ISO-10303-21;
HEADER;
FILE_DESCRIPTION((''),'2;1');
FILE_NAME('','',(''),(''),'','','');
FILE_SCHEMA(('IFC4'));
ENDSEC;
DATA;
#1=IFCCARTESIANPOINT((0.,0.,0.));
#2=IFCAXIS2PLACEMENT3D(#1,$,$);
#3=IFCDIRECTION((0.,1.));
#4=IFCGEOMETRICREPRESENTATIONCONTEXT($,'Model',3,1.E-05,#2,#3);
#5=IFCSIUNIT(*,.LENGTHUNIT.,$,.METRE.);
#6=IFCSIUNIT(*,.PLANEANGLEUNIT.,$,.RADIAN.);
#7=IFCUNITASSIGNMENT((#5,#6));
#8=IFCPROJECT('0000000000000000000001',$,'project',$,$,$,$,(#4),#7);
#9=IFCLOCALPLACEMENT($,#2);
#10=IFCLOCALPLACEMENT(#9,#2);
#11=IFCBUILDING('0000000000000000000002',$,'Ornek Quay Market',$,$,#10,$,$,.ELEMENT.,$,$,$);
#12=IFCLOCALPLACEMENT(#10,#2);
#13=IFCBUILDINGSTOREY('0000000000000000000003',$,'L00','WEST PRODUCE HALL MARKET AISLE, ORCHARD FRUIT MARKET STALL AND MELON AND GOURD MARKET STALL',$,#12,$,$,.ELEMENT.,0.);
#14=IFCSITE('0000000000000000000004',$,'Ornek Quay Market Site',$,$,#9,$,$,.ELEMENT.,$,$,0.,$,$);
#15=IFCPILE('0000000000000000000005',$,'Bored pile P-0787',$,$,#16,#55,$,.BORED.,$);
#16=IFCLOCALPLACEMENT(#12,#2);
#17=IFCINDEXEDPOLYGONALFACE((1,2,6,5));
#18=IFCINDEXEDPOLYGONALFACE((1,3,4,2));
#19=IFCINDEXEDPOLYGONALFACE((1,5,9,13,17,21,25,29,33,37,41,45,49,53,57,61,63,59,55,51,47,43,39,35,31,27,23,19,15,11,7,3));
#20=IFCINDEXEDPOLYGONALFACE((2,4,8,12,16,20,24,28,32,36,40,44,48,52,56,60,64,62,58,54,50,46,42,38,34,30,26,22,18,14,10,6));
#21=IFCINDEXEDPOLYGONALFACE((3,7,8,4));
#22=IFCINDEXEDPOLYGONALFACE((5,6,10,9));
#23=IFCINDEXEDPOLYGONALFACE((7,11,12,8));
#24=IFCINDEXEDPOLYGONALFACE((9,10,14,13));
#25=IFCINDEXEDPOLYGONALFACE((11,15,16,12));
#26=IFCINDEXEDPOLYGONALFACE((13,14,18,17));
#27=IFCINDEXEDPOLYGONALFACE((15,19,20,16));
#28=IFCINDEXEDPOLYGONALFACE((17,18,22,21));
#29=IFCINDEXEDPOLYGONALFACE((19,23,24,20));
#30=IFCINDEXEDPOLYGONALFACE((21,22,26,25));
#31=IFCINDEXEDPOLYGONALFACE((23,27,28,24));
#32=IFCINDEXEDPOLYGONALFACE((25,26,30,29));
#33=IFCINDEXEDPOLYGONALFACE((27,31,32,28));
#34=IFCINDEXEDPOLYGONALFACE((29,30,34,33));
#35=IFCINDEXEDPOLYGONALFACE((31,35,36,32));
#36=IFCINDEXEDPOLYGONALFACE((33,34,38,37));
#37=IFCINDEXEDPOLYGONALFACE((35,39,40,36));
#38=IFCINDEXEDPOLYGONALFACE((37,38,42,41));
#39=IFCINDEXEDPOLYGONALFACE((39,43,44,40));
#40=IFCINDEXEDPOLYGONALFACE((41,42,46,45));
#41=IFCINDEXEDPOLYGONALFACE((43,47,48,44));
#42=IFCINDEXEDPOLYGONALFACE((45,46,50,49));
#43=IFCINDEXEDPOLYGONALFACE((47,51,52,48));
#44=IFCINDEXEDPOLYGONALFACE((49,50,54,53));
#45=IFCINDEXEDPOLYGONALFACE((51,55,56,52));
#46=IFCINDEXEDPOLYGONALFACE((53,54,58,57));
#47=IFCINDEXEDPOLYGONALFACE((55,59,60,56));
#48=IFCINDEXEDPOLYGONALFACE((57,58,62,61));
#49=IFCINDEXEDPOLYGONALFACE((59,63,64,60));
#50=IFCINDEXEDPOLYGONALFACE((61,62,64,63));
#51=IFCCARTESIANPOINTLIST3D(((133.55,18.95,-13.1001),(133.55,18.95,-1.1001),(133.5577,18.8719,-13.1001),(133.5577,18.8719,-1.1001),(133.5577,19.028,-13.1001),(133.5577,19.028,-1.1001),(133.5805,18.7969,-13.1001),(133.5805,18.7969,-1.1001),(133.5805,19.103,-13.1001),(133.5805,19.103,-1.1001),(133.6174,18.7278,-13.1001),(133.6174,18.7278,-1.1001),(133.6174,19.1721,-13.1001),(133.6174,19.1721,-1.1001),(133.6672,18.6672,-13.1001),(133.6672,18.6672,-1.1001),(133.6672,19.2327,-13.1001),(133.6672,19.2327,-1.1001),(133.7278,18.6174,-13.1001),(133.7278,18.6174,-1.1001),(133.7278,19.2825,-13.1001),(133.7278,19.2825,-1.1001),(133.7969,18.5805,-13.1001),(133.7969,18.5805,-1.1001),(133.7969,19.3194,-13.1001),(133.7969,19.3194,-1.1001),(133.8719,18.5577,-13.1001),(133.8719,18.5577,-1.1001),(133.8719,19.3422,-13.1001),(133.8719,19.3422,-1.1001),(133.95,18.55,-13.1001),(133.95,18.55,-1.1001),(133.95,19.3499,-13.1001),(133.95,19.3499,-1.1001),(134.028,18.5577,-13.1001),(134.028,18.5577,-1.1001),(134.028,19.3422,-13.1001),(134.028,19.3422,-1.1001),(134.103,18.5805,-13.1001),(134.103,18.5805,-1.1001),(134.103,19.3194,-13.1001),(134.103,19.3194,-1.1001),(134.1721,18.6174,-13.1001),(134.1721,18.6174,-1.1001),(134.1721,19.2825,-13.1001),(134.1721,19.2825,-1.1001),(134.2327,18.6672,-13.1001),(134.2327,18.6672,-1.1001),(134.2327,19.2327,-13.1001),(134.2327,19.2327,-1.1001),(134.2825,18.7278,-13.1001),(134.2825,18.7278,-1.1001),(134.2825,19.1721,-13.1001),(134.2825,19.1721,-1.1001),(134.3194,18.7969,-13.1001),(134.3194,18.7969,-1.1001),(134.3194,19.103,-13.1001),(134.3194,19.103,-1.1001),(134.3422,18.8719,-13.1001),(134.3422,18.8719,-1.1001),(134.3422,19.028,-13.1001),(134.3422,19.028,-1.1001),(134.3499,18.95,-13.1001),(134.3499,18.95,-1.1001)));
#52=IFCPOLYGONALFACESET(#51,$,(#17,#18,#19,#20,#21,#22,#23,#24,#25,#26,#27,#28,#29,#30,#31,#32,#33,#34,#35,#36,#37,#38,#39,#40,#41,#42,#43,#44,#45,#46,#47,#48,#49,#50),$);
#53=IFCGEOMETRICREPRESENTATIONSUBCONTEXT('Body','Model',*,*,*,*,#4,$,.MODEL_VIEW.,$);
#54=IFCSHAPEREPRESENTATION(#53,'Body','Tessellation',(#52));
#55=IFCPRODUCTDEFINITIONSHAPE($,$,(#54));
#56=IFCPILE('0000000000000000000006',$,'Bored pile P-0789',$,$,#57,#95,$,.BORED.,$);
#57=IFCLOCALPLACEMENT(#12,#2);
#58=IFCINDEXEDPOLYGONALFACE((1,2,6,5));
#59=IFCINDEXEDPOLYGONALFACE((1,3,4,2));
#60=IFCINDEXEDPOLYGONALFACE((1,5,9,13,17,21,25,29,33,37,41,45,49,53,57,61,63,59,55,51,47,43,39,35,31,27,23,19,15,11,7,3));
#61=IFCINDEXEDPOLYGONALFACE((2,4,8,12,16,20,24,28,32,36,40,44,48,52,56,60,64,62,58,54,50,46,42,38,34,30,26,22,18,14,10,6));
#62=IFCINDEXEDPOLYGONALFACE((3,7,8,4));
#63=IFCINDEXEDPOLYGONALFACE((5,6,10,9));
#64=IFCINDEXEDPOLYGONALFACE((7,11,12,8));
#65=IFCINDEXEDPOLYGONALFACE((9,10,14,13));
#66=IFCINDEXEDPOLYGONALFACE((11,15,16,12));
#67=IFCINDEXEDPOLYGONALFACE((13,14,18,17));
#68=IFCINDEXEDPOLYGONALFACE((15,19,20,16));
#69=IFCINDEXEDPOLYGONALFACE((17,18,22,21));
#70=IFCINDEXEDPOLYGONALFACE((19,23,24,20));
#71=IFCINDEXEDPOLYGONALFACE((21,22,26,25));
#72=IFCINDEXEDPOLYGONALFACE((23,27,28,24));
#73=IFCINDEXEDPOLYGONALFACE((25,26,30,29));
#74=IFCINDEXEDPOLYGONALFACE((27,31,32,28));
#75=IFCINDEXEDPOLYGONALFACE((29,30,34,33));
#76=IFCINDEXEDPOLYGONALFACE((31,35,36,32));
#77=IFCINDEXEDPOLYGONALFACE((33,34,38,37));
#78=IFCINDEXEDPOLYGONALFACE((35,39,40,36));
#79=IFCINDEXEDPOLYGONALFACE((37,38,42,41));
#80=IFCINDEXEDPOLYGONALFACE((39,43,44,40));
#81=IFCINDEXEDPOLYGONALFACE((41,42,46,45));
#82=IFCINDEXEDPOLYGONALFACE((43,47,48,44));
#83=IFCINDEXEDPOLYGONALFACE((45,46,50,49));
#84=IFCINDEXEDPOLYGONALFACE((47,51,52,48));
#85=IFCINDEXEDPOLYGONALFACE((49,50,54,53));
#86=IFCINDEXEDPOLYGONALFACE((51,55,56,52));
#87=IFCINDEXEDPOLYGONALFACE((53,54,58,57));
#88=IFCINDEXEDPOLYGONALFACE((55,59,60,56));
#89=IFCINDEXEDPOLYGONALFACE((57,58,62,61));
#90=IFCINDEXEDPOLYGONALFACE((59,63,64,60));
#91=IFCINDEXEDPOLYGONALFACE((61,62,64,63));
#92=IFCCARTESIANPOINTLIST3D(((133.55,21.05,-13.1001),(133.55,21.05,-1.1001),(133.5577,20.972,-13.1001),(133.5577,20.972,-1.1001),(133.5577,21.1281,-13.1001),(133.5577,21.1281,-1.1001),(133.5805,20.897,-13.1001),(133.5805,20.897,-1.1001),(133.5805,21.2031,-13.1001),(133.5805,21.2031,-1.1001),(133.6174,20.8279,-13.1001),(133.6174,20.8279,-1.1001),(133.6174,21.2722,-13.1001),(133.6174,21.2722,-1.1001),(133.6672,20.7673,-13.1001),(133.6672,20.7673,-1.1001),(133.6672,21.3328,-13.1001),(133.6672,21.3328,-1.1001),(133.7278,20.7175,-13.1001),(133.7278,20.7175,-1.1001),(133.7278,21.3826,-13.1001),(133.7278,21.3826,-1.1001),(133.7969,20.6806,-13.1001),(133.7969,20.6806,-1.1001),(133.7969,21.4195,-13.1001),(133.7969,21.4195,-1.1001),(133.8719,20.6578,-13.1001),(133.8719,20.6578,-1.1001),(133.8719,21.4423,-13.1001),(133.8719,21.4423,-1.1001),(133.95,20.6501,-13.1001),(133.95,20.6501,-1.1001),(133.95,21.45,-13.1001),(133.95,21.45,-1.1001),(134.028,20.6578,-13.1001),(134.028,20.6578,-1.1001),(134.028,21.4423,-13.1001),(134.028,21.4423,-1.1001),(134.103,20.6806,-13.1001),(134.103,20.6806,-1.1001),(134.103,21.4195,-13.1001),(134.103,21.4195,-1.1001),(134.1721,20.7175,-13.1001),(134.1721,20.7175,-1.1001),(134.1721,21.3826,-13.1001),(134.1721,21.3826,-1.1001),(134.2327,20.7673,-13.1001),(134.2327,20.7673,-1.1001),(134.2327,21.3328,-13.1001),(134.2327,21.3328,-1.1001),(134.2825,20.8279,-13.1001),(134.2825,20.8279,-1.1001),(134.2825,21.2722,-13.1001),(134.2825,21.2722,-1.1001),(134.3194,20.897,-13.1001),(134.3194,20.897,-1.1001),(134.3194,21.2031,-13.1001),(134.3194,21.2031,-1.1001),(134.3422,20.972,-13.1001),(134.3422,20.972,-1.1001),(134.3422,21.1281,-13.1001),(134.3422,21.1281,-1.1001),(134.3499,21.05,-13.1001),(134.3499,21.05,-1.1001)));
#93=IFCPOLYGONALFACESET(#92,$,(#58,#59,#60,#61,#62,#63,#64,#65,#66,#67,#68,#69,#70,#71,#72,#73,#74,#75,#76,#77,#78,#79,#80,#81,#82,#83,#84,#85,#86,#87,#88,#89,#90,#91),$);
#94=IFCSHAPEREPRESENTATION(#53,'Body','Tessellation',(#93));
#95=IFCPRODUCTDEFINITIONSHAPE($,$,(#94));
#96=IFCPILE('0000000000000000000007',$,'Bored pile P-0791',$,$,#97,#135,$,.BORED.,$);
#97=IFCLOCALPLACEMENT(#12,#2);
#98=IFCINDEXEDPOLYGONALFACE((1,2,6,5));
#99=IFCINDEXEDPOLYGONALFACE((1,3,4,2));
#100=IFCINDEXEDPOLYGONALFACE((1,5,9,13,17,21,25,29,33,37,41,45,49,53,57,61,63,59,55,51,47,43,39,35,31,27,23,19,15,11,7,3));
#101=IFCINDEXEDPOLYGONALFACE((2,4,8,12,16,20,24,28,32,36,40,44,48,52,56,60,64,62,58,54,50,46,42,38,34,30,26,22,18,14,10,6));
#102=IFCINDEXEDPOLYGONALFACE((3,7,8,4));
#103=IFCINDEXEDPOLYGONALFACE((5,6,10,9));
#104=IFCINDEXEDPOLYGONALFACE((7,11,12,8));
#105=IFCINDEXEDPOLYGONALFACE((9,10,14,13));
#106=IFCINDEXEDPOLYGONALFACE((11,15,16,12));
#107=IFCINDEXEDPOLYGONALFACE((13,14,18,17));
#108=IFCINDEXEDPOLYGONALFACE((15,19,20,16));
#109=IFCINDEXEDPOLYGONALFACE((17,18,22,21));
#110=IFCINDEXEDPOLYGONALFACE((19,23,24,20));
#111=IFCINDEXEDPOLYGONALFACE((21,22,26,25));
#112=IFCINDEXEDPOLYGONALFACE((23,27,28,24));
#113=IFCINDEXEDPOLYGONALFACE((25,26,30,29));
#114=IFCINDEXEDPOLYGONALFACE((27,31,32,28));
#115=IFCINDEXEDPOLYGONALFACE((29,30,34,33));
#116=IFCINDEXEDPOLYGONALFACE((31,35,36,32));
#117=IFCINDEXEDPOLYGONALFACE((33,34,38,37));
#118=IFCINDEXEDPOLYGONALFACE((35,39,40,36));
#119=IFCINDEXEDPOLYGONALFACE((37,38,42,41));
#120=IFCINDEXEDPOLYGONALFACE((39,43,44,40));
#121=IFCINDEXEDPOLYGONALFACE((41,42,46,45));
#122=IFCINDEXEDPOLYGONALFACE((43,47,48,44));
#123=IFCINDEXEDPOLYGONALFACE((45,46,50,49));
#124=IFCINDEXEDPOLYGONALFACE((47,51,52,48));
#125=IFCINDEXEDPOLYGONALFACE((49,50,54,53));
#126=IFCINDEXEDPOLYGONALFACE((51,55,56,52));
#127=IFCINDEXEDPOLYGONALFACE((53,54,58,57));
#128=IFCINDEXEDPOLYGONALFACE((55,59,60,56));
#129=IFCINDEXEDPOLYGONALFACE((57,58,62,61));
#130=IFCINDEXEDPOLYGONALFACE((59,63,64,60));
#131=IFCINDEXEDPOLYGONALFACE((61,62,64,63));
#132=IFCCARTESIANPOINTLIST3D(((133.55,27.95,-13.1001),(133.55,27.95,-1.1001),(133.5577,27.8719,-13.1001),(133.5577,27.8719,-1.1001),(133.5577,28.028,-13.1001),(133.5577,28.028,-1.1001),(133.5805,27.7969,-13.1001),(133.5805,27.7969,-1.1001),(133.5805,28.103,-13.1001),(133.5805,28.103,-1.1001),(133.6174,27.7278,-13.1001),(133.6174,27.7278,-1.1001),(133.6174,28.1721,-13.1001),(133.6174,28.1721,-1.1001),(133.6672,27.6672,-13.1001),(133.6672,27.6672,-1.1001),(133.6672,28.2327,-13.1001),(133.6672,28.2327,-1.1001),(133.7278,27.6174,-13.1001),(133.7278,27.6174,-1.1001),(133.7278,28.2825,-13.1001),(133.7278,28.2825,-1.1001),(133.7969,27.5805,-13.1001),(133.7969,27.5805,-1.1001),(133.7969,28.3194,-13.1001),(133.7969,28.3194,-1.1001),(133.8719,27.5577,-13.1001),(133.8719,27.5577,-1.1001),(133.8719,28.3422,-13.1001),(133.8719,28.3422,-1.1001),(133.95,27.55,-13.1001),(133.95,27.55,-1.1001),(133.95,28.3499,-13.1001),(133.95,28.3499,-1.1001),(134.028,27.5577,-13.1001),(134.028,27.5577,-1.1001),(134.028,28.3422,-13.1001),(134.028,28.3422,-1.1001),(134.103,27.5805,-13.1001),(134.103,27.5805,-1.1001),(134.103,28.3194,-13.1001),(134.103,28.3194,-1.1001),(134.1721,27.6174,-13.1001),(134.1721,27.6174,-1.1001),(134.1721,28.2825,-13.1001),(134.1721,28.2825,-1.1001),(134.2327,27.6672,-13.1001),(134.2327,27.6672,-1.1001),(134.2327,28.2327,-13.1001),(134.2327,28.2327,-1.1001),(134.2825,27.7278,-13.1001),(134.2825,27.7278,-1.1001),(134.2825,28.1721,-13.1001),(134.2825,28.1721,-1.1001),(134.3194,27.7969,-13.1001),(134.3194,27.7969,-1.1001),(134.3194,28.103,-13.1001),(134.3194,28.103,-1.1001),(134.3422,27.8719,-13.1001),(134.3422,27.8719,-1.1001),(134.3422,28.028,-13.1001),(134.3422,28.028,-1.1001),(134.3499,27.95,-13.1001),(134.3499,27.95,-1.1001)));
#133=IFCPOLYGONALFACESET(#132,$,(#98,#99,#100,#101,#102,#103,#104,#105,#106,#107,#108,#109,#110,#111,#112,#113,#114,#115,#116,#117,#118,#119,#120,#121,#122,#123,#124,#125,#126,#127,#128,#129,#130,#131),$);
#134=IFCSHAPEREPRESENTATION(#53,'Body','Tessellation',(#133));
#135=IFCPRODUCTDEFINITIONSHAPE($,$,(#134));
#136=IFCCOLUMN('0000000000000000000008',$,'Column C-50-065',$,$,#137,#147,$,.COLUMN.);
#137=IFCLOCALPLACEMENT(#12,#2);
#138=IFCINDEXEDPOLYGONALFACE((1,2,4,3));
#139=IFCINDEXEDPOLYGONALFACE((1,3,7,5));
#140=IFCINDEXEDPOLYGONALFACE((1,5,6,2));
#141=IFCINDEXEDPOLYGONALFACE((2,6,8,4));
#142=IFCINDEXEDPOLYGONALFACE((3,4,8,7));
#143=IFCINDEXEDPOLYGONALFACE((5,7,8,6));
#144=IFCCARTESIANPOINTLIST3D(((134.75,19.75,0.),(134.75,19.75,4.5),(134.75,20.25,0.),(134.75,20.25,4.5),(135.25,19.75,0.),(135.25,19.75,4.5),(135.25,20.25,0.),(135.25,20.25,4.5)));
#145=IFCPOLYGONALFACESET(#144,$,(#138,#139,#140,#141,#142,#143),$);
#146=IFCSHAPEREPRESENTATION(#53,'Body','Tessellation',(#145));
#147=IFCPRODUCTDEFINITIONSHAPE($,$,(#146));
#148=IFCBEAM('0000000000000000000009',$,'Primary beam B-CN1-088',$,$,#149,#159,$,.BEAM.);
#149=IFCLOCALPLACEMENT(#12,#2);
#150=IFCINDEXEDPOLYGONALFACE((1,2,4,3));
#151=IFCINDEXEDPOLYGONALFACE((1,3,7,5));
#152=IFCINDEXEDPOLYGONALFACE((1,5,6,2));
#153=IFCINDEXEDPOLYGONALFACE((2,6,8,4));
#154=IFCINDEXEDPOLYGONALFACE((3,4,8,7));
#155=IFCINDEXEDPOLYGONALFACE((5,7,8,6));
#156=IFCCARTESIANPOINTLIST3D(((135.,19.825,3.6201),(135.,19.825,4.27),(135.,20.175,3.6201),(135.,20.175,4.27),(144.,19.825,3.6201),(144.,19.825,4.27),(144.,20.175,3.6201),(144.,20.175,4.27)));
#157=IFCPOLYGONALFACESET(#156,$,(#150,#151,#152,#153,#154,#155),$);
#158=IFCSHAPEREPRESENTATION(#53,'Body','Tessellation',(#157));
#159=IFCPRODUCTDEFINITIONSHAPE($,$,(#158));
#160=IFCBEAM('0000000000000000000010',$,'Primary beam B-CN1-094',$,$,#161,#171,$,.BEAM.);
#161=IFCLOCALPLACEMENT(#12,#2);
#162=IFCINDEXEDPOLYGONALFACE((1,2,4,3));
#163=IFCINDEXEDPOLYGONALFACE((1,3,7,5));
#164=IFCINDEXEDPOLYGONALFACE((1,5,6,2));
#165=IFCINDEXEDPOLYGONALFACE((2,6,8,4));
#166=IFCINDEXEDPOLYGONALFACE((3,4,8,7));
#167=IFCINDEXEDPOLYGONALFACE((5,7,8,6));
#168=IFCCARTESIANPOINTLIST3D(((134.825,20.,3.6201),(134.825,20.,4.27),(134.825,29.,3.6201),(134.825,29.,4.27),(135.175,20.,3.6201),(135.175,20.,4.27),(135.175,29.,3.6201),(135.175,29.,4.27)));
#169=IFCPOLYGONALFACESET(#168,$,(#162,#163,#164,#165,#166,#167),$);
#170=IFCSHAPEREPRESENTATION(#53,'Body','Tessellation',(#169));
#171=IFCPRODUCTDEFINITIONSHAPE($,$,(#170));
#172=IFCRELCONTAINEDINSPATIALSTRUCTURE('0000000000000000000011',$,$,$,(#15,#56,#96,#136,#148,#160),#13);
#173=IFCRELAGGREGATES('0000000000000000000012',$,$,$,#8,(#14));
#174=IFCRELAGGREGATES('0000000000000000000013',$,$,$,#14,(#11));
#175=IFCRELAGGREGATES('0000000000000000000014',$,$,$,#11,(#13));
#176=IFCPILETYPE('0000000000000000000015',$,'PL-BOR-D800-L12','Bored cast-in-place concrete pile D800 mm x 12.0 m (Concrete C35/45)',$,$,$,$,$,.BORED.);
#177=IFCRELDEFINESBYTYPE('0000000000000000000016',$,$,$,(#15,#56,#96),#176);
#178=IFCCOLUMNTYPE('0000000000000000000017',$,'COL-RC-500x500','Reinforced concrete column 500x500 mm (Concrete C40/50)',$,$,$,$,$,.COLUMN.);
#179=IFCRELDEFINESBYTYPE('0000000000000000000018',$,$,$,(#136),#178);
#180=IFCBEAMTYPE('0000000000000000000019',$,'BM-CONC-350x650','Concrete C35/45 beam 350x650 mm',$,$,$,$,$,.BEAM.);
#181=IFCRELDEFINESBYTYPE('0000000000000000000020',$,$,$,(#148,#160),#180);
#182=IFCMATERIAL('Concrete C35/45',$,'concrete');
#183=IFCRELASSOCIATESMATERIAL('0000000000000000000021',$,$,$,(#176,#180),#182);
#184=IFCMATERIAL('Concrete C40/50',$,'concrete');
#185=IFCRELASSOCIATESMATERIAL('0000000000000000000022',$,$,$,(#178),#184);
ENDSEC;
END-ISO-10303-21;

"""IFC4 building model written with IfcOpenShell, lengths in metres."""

from ifc_helpers import new_model, si_unit, direction, frame, origin, origin_2d, place, context, subcontext, project, spatial, rectangle, circle, extrude, material, material_profile, profile_set, type_object, element, save


model = new_model("IFC4")

# Units and contexts
model_context = context("Model", 3, precision=1e-05, world=origin(), true_north=direction((0.0, 1.0)))
body_context = subcontext(model_context, "Body", "Model", "MODEL_VIEW")
ifc_project = project(units=[si_unit("LENGTHUNIT", "METRE"), si_unit("PLANEANGLEUNIT", "RADIAN")], contexts=[model_context])

# Site, building, storey
site_placement = place(None, origin())
site = spatial("IfcSite", under=ifc_project, at=site_placement, Name="Ornek Quay Market Site", CompositionType="ELEMENT", RefElevation=0.0)
building_placement = place(site_placement, origin())
building = spatial("IfcBuilding", under=site, at=building_placement, Name="Ornek Quay Market", CompositionType="ELEMENT")
storey_placement = place(building_placement, origin())
storey = spatial("IfcBuildingStorey", under=building, at=storey_placement, Name="L00", Description="WEST PRODUCE HALL MARKET AISLE, ORCHARD FRUIT MARKET STALL AND MELON AND GOURD MARKET STALL", CompositionType="ELEMENT", Elevation=0.0)

# Piles
ifc_material_1 = material(Name="Concrete C35/45", Category="concrete")
ifc_material_profile_1 = material_profile(ifc_material_1, circle(Radius=0.3999, at=origin_2d()), Name="PILE D800", Category="concrete")
ifc_profile_set_1 = profile_set([ifc_material_profile_1], Name="Concrete C35/45")
pile_type = type_object("IfcPileType", Name="PL-BOR-D800-L12", Description="Bored cast-in-place concrete pile D800 mm x 12.0 m (Concrete C35/45)", PredefinedType="BORED", material=ifc_profile_set_1)
for number, where, z_axis, x_axis, name in (
    (1, (133.95, 18.95, -1.1001), (0.0, 0.0, -1.0), (1.0, 0.0, 0.0), "Bored pile P-0787"),
    (2, (133.95, 21.05, -1.1001), (0.0, 0.0, -1.0), (1.0, 0.0, 0.0), "Bored pile P-0789"),
    (3, (133.95, 27.95, -1.1001), (0.0, 0.0, -1.0), (1.0, 0.0, 0.0), "Bored pile P-0791"),
):
    element("IfcPile", number, at=place(storey_placement, frame(where, z_axis=z_axis, x_axis=x_axis)), inside=storey, type_object=pile_type, Name=name, PredefinedType="BORED", context=body_context, shape_type="SweptSolid", body=[
        extrude(circle(Radius=0.3999, at=origin_2d()), origin(), (0.0, 0.0, 1.0), 12.0),
    ])

# Column
ifc_material_2 = material(Name="Concrete C40/50", Category="concrete")
ifc_material_profile_2 = material_profile(ifc_material_2, rectangle(XDim=0.5, YDim=0.5, at=origin_2d()), Name="RC 500x500", Category="concrete")
ifc_profile_set_2 = profile_set([ifc_material_profile_2], Name="Concrete C40/50")
column_type = type_object("IfcColumnType", Name="COL-RC-500x500", Description="Reinforced concrete column 500x500 mm (Concrete C40/50)", PredefinedType="COLUMN", material=ifc_profile_set_2)
column_placement = place(storey_placement, frame((135.0, 20.0, 0.0), z_axis=(0.0, 0.0, 1.0), x_axis=(1.0, 0.0, 0.0)))
element("IfcColumn", 4, at=column_placement, inside=storey, type_object=column_type, Name="Column C-50-065", PredefinedType="COLUMN", context=body_context, shape_type="SweptSolid", body=[
    extrude(rectangle(XDim=0.5, YDim=0.5, at=origin_2d()), origin(), (0.0, 0.0, 1.0), 4.5),
])

# Beams
ifc_material_profile_3 = material_profile(ifc_material_1, rectangle(XDim=0.3501, YDim=0.6499, at=origin_2d()), Name="RC 350x650", Category="concrete")
ifc_profile_set_3 = profile_set([ifc_material_profile_3], Name="Concrete C35/45")
beam_type_1 = type_object("IfcBeamType", Name="BM-CONC-350x650", Description="Concrete C35/45 beam 350x650 mm", PredefinedType="BEAM", material=ifc_profile_set_3)
for number, where, z_axis, x_axis, name in (
    (5, (135.0, 20.0, 3.9451), (1.0, 0.0, 0.0), (0.0, 1.0, 0.0), "Primary beam B-CN1-088"),
    (6, (135.0, 20.0, 3.9451), (0.0, 1.0, 0.0), (-1.0, 0.0, 0.0), "Primary beam B-CN1-094"),
):
    element("IfcBeam", number, at=place(storey_placement, frame(where, z_axis=z_axis, x_axis=x_axis)), inside=storey, type_object=beam_type_1, Name=name, PredefinedType="BEAM", context=body_context, shape_type="SweptSolid", body=[
        extrude(rectangle(XDim=0.3501, YDim=0.6499, at=origin_2d()), origin(), (0.0, 0.0, 1.0), 9.0),
    ])

save(model, "model.ifc")
